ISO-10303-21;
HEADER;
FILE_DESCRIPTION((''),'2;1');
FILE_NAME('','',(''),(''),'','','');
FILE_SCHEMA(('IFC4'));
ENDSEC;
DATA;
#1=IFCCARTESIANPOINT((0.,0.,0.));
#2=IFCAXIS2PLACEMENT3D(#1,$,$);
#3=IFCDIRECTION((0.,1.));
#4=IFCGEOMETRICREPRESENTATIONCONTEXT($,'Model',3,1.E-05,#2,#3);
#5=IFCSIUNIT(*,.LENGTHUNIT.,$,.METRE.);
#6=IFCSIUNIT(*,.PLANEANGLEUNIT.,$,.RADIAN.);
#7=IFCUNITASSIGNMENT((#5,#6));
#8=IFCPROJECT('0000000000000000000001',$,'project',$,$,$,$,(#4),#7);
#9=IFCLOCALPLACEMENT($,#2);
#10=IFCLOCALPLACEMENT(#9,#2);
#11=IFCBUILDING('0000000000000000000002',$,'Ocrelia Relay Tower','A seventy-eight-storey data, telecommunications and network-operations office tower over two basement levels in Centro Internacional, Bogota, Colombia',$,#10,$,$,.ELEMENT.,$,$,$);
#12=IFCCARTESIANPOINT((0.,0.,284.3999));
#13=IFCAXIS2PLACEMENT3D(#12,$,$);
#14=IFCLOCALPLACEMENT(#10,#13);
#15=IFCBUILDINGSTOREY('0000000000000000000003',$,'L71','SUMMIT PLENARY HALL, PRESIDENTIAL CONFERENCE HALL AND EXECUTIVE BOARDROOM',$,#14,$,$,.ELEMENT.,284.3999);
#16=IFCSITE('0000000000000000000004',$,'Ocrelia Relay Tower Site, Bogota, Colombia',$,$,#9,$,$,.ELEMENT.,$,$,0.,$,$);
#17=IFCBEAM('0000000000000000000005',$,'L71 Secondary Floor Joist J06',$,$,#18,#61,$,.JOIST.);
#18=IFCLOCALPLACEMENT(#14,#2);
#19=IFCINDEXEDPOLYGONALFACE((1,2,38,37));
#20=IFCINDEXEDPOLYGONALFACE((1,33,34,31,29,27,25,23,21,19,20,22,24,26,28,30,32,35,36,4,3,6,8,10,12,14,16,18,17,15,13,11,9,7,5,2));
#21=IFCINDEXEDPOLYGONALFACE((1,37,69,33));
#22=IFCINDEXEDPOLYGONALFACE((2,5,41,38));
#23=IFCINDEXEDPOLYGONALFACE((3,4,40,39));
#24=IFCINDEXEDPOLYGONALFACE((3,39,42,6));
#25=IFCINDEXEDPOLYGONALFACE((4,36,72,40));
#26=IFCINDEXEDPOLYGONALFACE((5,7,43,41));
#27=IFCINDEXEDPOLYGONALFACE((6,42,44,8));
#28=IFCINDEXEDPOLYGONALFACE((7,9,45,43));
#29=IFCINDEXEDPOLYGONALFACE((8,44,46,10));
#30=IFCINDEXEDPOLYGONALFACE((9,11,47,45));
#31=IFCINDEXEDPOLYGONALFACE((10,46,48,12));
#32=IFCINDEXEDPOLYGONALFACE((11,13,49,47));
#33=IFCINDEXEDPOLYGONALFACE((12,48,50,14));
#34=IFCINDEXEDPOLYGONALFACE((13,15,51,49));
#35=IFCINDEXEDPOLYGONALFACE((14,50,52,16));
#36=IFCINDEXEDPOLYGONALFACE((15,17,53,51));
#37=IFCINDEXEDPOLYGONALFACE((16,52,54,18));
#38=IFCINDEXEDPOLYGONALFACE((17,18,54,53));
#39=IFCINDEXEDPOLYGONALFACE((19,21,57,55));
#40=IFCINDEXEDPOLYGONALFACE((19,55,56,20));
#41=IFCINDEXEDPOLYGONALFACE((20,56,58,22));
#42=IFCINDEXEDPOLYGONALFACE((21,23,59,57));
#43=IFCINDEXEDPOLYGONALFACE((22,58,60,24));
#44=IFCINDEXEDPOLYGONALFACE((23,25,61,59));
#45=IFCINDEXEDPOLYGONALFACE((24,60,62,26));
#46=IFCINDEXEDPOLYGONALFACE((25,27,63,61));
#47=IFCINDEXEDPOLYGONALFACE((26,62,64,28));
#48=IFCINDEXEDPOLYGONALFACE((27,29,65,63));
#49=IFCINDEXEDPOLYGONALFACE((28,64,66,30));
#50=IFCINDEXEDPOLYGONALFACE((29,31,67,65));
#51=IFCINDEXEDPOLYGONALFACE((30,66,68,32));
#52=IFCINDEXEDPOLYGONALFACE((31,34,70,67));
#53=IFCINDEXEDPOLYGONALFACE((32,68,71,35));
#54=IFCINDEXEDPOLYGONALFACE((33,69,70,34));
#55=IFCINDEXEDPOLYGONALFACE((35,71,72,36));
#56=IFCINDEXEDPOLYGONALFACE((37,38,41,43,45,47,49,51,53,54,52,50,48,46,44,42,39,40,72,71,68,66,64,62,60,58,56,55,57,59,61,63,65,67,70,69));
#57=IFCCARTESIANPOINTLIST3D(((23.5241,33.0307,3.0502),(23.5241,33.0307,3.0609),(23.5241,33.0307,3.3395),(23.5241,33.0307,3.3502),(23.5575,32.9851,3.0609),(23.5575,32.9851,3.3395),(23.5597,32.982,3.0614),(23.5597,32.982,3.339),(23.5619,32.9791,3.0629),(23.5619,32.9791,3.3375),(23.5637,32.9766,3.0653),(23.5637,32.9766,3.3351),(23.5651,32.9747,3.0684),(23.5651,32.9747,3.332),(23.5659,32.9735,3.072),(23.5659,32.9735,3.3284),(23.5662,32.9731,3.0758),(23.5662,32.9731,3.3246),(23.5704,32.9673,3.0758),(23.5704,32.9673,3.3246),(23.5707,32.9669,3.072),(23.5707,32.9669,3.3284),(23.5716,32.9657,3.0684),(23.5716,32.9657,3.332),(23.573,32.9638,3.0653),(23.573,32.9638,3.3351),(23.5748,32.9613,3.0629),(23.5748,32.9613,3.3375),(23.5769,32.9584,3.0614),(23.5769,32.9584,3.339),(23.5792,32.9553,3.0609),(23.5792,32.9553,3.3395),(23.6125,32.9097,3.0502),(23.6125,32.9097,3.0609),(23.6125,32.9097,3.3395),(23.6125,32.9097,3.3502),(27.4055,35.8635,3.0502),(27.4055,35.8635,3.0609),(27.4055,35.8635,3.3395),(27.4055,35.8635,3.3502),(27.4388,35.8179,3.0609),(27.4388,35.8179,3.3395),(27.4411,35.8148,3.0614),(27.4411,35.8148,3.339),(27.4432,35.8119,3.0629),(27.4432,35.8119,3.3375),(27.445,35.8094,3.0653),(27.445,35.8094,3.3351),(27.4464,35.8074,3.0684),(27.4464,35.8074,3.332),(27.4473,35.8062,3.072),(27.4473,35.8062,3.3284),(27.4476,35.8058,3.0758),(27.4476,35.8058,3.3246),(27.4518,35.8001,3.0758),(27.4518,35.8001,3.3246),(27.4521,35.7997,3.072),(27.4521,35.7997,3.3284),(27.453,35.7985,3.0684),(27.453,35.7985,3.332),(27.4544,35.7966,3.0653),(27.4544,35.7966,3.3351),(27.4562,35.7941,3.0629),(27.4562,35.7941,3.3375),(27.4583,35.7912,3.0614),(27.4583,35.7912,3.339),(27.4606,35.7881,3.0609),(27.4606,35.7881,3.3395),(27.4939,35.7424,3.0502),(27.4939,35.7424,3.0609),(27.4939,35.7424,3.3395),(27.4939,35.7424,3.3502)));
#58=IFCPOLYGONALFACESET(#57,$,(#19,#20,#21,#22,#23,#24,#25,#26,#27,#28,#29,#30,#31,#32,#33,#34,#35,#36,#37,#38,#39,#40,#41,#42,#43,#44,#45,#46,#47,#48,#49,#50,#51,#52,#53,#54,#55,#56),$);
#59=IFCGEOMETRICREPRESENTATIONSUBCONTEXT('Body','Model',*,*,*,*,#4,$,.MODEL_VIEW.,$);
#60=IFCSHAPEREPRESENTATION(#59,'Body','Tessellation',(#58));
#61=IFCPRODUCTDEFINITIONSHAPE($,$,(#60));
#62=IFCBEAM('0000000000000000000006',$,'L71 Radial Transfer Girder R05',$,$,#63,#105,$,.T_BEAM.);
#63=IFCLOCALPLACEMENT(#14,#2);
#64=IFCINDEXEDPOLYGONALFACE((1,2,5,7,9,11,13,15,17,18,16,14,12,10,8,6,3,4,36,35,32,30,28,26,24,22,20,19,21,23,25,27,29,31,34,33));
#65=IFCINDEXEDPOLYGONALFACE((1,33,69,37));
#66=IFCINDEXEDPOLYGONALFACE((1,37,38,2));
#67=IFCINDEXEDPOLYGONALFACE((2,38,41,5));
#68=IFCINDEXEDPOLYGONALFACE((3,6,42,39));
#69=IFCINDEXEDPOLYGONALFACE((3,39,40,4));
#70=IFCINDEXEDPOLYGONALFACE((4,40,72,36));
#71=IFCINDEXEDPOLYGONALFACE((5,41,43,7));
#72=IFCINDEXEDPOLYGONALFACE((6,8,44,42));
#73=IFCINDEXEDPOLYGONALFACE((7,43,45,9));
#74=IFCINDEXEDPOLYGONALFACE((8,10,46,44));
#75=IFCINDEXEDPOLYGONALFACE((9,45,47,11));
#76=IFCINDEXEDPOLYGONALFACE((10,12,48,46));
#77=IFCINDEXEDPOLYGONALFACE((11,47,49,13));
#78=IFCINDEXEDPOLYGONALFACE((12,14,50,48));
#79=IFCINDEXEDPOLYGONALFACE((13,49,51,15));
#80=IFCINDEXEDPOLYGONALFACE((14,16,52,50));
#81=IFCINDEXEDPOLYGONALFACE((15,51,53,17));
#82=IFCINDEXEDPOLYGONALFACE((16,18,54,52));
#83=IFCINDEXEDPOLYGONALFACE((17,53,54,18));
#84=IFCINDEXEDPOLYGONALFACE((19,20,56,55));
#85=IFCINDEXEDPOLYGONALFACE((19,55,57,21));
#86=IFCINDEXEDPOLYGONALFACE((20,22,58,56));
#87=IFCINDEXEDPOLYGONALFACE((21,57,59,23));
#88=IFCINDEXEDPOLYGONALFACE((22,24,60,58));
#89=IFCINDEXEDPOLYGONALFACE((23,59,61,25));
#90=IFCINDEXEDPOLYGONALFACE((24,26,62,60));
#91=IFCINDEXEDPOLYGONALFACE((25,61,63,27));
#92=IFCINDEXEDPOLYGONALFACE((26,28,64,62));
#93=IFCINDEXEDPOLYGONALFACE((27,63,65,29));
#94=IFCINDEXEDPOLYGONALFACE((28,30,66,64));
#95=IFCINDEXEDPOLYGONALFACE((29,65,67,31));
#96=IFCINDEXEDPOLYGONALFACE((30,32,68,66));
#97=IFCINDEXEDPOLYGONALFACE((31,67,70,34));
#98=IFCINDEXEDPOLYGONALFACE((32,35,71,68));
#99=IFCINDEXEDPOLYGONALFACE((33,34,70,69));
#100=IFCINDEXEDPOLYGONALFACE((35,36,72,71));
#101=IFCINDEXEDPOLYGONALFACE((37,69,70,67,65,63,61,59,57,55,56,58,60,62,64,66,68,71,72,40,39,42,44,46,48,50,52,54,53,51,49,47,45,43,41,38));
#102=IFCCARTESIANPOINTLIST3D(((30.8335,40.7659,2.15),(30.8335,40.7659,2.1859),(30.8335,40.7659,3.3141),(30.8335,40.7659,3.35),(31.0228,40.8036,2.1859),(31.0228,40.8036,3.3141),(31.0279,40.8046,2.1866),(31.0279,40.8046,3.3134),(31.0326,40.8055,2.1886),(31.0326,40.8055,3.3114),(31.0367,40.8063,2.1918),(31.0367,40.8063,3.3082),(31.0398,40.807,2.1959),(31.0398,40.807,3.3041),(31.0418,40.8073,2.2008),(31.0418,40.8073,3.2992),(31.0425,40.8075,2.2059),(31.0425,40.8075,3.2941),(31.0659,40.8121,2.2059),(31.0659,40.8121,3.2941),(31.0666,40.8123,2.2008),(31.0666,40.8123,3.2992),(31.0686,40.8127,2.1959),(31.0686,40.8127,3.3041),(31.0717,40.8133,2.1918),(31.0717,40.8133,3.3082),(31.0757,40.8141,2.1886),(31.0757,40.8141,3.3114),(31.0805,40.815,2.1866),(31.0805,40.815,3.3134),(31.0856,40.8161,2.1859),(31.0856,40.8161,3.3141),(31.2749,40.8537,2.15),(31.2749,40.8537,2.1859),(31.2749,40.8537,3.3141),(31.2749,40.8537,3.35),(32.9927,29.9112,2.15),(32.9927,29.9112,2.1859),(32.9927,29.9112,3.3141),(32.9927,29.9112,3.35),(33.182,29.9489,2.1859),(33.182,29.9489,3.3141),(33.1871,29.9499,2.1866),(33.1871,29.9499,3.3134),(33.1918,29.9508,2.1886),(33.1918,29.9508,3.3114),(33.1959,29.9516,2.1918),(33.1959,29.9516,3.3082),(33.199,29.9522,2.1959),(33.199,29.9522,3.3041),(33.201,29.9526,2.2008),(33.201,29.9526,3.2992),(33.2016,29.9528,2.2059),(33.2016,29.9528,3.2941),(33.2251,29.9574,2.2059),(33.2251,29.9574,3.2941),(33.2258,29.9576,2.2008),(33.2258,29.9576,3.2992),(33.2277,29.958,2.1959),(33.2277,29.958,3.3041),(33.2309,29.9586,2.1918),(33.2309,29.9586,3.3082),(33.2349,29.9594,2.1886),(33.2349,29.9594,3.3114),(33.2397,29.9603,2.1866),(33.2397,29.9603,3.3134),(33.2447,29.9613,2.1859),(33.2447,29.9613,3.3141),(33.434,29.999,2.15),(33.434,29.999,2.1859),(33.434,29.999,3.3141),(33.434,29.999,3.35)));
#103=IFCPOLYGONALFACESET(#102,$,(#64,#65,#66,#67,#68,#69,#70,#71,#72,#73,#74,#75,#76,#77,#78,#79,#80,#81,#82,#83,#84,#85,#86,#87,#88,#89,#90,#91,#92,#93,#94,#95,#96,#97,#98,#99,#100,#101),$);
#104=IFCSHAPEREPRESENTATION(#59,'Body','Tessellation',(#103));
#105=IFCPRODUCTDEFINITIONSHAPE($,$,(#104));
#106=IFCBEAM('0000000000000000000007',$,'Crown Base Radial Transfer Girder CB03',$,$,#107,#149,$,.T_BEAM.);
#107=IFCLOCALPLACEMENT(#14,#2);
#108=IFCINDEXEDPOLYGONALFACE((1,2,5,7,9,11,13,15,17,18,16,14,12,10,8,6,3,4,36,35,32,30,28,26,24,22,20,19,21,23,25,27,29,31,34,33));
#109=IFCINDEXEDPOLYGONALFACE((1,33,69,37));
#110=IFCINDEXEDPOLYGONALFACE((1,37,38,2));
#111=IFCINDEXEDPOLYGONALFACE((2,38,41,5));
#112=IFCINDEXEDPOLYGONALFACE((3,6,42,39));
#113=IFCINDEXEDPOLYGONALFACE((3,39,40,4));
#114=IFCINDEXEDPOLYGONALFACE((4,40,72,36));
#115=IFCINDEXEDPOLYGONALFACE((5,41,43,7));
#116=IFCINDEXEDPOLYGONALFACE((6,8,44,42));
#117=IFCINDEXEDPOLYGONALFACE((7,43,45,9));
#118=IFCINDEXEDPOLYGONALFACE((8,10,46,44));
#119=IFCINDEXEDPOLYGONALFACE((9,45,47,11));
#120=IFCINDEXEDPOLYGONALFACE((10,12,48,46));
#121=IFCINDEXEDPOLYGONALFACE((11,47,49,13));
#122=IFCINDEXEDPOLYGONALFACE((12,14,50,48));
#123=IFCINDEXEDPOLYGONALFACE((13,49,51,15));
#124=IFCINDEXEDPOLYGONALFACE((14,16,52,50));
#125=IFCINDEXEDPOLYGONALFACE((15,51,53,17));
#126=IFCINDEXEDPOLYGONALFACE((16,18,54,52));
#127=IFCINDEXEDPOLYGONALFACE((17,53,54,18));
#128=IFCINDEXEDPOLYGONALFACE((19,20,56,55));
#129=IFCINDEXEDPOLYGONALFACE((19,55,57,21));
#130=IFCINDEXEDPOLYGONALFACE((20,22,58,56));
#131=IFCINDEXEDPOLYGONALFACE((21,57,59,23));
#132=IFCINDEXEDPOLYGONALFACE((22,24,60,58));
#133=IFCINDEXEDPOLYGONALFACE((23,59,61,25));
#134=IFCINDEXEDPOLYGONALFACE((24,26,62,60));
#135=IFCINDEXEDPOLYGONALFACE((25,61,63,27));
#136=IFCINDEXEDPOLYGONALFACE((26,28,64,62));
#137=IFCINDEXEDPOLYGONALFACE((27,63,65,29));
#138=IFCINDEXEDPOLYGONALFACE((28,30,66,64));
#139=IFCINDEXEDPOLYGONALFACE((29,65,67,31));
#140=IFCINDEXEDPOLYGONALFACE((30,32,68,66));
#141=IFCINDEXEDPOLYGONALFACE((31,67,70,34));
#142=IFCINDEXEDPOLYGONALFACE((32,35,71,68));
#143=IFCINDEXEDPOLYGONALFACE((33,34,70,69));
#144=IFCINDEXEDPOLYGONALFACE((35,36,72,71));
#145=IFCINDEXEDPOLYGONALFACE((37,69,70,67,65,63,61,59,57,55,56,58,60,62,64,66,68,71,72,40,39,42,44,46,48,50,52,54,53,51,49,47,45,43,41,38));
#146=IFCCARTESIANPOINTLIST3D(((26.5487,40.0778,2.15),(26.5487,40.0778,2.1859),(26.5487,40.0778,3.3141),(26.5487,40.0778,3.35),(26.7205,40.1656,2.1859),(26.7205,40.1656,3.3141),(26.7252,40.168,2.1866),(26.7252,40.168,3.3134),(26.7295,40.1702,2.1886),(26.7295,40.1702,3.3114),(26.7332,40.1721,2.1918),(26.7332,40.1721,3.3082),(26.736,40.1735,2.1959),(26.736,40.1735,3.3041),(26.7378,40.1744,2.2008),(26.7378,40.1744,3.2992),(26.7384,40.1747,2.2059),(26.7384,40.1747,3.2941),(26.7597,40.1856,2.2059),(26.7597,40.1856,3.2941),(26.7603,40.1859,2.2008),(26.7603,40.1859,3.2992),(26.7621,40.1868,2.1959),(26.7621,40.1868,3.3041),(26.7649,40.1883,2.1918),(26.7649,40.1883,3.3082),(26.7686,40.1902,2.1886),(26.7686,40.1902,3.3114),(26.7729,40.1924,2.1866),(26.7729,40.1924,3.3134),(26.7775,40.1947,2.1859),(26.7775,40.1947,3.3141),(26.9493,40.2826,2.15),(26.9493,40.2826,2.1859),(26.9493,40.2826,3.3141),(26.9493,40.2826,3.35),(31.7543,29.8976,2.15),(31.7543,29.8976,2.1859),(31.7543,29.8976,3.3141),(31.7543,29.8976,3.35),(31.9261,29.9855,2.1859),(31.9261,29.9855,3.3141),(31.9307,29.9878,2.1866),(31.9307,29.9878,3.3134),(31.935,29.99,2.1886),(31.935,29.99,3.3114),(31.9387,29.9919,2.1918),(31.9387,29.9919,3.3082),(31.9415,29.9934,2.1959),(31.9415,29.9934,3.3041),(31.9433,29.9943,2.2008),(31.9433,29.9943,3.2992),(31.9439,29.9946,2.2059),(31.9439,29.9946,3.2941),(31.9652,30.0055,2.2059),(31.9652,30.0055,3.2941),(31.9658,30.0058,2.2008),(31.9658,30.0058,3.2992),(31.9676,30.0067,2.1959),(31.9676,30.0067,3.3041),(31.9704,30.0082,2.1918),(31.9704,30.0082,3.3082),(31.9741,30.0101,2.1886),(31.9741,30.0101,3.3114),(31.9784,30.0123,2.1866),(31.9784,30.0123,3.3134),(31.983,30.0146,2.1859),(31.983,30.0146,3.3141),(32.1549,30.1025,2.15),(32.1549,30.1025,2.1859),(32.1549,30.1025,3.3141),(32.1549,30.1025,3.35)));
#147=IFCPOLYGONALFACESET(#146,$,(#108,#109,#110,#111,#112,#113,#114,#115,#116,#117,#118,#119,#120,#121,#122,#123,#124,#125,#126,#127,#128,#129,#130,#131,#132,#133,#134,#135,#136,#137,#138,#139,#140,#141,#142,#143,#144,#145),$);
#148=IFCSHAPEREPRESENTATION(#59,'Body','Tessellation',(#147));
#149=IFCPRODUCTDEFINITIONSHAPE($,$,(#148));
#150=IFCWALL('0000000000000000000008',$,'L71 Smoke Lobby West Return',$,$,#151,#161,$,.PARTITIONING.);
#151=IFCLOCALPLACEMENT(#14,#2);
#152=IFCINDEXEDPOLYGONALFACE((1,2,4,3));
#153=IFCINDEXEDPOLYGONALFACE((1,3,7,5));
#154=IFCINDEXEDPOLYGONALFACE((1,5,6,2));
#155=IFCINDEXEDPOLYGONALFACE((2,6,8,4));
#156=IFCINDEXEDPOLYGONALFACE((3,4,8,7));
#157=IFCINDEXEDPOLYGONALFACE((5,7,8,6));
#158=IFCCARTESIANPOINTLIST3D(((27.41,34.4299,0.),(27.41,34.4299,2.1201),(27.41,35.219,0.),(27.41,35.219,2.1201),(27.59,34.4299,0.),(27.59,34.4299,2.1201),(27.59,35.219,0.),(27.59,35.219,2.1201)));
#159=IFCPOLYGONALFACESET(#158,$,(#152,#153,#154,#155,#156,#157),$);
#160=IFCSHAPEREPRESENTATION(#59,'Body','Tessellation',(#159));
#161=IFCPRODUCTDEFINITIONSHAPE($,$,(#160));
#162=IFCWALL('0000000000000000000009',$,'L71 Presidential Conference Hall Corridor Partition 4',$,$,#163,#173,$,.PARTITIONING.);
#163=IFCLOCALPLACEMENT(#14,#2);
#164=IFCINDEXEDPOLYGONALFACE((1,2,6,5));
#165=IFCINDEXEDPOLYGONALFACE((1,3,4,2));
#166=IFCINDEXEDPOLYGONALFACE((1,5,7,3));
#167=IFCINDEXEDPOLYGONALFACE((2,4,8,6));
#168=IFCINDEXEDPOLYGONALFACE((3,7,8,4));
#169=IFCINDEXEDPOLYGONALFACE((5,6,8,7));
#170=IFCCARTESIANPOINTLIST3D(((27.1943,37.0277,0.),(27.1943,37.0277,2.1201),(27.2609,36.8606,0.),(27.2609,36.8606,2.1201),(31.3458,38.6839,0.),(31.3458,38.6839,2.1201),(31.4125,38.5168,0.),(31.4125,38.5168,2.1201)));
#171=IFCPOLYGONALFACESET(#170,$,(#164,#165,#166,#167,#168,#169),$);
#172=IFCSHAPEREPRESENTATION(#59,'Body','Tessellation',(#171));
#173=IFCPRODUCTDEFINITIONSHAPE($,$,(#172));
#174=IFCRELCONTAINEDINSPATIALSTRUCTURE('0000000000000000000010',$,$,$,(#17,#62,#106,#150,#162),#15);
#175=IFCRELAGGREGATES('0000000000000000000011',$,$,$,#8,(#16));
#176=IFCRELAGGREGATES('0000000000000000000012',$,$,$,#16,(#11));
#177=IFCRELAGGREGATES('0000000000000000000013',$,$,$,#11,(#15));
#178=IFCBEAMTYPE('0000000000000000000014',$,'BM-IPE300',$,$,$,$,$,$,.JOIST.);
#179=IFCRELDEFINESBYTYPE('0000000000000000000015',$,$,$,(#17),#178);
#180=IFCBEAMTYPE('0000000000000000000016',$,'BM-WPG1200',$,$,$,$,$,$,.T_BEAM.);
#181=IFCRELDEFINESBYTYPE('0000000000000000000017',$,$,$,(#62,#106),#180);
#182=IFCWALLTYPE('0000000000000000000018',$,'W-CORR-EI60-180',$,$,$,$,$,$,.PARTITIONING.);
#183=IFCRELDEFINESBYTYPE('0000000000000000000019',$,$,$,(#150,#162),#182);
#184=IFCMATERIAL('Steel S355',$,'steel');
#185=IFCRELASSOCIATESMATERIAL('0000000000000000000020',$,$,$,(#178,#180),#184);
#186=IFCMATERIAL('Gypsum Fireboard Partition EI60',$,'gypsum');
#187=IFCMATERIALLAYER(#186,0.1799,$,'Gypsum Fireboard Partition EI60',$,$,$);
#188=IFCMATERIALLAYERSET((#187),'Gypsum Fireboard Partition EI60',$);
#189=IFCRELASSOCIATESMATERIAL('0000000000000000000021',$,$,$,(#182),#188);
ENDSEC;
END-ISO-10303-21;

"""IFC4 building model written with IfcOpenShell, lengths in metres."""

from ifc_helpers import new_model, si_unit, direction, frame, frame_2d, origin, origin_2d, place, context, subcontext, project, spatial, rectangle, i_section, extrude, material, layer, layer_set, material_profile, profile_set, type_object, element, save


model = new_model("IFC4")

# Units and contexts
model_context = context("Model", 3, precision=1e-05, world=origin(), true_north=direction((0.0, 1.0)))
body_context = subcontext(model_context, "Body", "Model", "MODEL_VIEW")
ifc_project = project(units=[si_unit("LENGTHUNIT", "METRE"), si_unit("PLANEANGLEUNIT", "RADIAN")], contexts=[model_context])

# Site, building, storey
site_placement = place(None, origin())
site = spatial("IfcSite", under=ifc_project, at=site_placement, Name="Ocrelia Relay Tower Site, Bogota, Colombia", CompositionType="ELEMENT", RefElevation=0.0)
building_placement = place(site_placement, origin())
building = spatial("IfcBuilding", under=site, at=building_placement, Name="Ocrelia Relay Tower", Description="A seventy-eight-storey data, telecommunications and network-operations office tower over two basement levels in Centro Internacional, Bogota, Colombia", CompositionType="ELEMENT")
storey_placement = place(building_placement, frame((0.0, 0.0, 284.3999)))
storey = spatial("IfcBuildingStorey", under=building, at=storey_placement, Name="L71", Description="SUMMIT PLENARY HALL, PRESIDENTIAL CONFERENCE HALL AND EXECUTIVE BOARDROOM", CompositionType="ELEMENT", Elevation=284.3999)

# Beams
ifc_material_1 = material(Name="Steel S355", Category="steel")
ifc_material_profile_1 = material_profile(ifc_material_1, i_section(OverallWidth=0.1499, OverallDepth=0.3, WebThickness=0.0071, FlangeThickness=0.0107, FilletRadius=0.0149, at=origin_2d()), Name="IPE 300")
ifc_profile_set_1 = profile_set([ifc_material_profile_1], Name="Steel S355")
beam_type_1 = type_object("IfcBeamType", Name="BM-IPE300", PredefinedType="JOIST", material=ifc_profile_set_1)
beam_1_placement = place(storey_placement, frame((27.4497, 35.803, 3.2002), z_axis=(-0.807748, -0.589527, 0.0), x_axis=(0.589527, -0.807748, 0.0)))
element("IfcBeam", 1, at=beam_1_placement, inside=storey, type_object=beam_type_1, Name="L71 Secondary Floor Joist J06", PredefinedType="JOIST", context=body_context, shape_type="SweptSolid", body=[
    extrude(i_section(OverallWidth=0.1499, OverallDepth=0.3, WebThickness=0.0071, FlangeThickness=0.0107, FilletRadius=0.0149, at=origin_2d()), origin(), (0.0, 0.0, 1.0), 4.8052),
])
ifc_material_profile_2 = material_profile(ifc_material_1, i_section(OverallWidth=0.45, OverallDepth=1.2, WebThickness=0.0239, FlangeThickness=0.0359, FilletRadius=0.02, at=origin_2d()), Name="WPG 1200x450")
ifc_profile_set_2 = profile_set([ifc_material_profile_2], Name="Steel S355")
beam_type_2 = type_object("IfcBeamType", Name="BM-WPG1200", PredefinedType="T_BEAM", material=ifc_profile_set_2)
beam_2_placement = place(storey_placement, frame((31.0542, 40.8098, 2.75), z_axis=(0.195094, -0.980785, 0.0), x_axis=(0.980785, 0.195094, 0.0)))
element("IfcBeam", 2, at=beam_2_placement, inside=storey, type_object=beam_type_2, Name="L71 Radial Transfer Girder R05", PredefinedType="T_BEAM", context=body_context, shape_type="SweptSolid", body=[
    extrude(i_section(OverallWidth=0.45, OverallDepth=1.2, WebThickness=0.0239, FlangeThickness=0.0359, FilletRadius=0.02, at=origin_2d()), origin(), (0.0, 0.0, 1.0), 11.0674),
])
beam_3_placement = place(storey_placement, frame((26.749, 40.1802, 2.75), z_axis=(0.455275, -0.890351, 0.0), x_axis=(0.890351, 0.455275, 0.0)))
element("IfcBeam", 3, at=beam_3_placement, inside=storey, type_object=beam_type_2, Name="Crown Base Radial Transfer Girder CB03", PredefinedType="T_BEAM", context=body_context, shape_type="SweptSolid", body=[
    extrude(i_section(OverallWidth=0.45, OverallDepth=1.2, WebThickness=0.0239, FlangeThickness=0.0359, FilletRadius=0.02, at=origin_2d()), origin(), (0.0, 0.0, 1.0), 11.4338),
])

# Wall
ifc_material_2 = material(Name="Gypsum Fireboard Partition EI60", Category="gypsum")
ifc_layer_1 = layer(ifc_material_2, 0.1799, Name="Gypsum Fireboard Partition EI60")
ifc_layer_set_1 = layer_set([ifc_layer_1], Name="Gypsum Fireboard Partition EI60")
wall_type_1 = type_object("IfcWallType", Name="W-CORR-EI60-180", PredefinedType="PARTITIONING", material=ifc_layer_set_1)
wall_1_placement = place(storey_placement, frame((27.5, 34.4299, 0.0), z_axis=(0.0, 0.0, 1.0), x_axis=(0.0, 1.0, 0.0)))
element("IfcWall", 4, at=wall_1_placement, inside=storey, type_object=wall_type_1, Name="L71 Smoke Lobby West Return", PredefinedType="PARTITIONING", context=body_context, shape_type="SweptSolid", body=[
    extrude(rectangle(XDim=0.7891, YDim=0.1799, at=frame_2d((0.3945, 0.0))), origin(), (0.0, 0.0, 1.0), 2.1201),
])

# Wall
wall_2_placement = place(storey_placement, frame((31.3792, 38.6003, 0.0), z_axis=(0.0, 0.0, 1.0), x_axis=(-0.928815, -0.370543, 0.0)))
element("IfcWall", 5, at=wall_2_placement, inside=storey, type_object=wall_type_1, Name="L71 Presidential Conference Hall Corridor Partition 4", PredefinedType="PARTITIONING", context=body_context, shape_type="SweptSolid", body=[
    extrude(rectangle(XDim=4.4697, YDim=0.1799, at=frame_2d((2.2349, 0.0))), origin(), (0.0, 0.0, 1.0), 2.1201),
])

save(model, "model.ifc")
